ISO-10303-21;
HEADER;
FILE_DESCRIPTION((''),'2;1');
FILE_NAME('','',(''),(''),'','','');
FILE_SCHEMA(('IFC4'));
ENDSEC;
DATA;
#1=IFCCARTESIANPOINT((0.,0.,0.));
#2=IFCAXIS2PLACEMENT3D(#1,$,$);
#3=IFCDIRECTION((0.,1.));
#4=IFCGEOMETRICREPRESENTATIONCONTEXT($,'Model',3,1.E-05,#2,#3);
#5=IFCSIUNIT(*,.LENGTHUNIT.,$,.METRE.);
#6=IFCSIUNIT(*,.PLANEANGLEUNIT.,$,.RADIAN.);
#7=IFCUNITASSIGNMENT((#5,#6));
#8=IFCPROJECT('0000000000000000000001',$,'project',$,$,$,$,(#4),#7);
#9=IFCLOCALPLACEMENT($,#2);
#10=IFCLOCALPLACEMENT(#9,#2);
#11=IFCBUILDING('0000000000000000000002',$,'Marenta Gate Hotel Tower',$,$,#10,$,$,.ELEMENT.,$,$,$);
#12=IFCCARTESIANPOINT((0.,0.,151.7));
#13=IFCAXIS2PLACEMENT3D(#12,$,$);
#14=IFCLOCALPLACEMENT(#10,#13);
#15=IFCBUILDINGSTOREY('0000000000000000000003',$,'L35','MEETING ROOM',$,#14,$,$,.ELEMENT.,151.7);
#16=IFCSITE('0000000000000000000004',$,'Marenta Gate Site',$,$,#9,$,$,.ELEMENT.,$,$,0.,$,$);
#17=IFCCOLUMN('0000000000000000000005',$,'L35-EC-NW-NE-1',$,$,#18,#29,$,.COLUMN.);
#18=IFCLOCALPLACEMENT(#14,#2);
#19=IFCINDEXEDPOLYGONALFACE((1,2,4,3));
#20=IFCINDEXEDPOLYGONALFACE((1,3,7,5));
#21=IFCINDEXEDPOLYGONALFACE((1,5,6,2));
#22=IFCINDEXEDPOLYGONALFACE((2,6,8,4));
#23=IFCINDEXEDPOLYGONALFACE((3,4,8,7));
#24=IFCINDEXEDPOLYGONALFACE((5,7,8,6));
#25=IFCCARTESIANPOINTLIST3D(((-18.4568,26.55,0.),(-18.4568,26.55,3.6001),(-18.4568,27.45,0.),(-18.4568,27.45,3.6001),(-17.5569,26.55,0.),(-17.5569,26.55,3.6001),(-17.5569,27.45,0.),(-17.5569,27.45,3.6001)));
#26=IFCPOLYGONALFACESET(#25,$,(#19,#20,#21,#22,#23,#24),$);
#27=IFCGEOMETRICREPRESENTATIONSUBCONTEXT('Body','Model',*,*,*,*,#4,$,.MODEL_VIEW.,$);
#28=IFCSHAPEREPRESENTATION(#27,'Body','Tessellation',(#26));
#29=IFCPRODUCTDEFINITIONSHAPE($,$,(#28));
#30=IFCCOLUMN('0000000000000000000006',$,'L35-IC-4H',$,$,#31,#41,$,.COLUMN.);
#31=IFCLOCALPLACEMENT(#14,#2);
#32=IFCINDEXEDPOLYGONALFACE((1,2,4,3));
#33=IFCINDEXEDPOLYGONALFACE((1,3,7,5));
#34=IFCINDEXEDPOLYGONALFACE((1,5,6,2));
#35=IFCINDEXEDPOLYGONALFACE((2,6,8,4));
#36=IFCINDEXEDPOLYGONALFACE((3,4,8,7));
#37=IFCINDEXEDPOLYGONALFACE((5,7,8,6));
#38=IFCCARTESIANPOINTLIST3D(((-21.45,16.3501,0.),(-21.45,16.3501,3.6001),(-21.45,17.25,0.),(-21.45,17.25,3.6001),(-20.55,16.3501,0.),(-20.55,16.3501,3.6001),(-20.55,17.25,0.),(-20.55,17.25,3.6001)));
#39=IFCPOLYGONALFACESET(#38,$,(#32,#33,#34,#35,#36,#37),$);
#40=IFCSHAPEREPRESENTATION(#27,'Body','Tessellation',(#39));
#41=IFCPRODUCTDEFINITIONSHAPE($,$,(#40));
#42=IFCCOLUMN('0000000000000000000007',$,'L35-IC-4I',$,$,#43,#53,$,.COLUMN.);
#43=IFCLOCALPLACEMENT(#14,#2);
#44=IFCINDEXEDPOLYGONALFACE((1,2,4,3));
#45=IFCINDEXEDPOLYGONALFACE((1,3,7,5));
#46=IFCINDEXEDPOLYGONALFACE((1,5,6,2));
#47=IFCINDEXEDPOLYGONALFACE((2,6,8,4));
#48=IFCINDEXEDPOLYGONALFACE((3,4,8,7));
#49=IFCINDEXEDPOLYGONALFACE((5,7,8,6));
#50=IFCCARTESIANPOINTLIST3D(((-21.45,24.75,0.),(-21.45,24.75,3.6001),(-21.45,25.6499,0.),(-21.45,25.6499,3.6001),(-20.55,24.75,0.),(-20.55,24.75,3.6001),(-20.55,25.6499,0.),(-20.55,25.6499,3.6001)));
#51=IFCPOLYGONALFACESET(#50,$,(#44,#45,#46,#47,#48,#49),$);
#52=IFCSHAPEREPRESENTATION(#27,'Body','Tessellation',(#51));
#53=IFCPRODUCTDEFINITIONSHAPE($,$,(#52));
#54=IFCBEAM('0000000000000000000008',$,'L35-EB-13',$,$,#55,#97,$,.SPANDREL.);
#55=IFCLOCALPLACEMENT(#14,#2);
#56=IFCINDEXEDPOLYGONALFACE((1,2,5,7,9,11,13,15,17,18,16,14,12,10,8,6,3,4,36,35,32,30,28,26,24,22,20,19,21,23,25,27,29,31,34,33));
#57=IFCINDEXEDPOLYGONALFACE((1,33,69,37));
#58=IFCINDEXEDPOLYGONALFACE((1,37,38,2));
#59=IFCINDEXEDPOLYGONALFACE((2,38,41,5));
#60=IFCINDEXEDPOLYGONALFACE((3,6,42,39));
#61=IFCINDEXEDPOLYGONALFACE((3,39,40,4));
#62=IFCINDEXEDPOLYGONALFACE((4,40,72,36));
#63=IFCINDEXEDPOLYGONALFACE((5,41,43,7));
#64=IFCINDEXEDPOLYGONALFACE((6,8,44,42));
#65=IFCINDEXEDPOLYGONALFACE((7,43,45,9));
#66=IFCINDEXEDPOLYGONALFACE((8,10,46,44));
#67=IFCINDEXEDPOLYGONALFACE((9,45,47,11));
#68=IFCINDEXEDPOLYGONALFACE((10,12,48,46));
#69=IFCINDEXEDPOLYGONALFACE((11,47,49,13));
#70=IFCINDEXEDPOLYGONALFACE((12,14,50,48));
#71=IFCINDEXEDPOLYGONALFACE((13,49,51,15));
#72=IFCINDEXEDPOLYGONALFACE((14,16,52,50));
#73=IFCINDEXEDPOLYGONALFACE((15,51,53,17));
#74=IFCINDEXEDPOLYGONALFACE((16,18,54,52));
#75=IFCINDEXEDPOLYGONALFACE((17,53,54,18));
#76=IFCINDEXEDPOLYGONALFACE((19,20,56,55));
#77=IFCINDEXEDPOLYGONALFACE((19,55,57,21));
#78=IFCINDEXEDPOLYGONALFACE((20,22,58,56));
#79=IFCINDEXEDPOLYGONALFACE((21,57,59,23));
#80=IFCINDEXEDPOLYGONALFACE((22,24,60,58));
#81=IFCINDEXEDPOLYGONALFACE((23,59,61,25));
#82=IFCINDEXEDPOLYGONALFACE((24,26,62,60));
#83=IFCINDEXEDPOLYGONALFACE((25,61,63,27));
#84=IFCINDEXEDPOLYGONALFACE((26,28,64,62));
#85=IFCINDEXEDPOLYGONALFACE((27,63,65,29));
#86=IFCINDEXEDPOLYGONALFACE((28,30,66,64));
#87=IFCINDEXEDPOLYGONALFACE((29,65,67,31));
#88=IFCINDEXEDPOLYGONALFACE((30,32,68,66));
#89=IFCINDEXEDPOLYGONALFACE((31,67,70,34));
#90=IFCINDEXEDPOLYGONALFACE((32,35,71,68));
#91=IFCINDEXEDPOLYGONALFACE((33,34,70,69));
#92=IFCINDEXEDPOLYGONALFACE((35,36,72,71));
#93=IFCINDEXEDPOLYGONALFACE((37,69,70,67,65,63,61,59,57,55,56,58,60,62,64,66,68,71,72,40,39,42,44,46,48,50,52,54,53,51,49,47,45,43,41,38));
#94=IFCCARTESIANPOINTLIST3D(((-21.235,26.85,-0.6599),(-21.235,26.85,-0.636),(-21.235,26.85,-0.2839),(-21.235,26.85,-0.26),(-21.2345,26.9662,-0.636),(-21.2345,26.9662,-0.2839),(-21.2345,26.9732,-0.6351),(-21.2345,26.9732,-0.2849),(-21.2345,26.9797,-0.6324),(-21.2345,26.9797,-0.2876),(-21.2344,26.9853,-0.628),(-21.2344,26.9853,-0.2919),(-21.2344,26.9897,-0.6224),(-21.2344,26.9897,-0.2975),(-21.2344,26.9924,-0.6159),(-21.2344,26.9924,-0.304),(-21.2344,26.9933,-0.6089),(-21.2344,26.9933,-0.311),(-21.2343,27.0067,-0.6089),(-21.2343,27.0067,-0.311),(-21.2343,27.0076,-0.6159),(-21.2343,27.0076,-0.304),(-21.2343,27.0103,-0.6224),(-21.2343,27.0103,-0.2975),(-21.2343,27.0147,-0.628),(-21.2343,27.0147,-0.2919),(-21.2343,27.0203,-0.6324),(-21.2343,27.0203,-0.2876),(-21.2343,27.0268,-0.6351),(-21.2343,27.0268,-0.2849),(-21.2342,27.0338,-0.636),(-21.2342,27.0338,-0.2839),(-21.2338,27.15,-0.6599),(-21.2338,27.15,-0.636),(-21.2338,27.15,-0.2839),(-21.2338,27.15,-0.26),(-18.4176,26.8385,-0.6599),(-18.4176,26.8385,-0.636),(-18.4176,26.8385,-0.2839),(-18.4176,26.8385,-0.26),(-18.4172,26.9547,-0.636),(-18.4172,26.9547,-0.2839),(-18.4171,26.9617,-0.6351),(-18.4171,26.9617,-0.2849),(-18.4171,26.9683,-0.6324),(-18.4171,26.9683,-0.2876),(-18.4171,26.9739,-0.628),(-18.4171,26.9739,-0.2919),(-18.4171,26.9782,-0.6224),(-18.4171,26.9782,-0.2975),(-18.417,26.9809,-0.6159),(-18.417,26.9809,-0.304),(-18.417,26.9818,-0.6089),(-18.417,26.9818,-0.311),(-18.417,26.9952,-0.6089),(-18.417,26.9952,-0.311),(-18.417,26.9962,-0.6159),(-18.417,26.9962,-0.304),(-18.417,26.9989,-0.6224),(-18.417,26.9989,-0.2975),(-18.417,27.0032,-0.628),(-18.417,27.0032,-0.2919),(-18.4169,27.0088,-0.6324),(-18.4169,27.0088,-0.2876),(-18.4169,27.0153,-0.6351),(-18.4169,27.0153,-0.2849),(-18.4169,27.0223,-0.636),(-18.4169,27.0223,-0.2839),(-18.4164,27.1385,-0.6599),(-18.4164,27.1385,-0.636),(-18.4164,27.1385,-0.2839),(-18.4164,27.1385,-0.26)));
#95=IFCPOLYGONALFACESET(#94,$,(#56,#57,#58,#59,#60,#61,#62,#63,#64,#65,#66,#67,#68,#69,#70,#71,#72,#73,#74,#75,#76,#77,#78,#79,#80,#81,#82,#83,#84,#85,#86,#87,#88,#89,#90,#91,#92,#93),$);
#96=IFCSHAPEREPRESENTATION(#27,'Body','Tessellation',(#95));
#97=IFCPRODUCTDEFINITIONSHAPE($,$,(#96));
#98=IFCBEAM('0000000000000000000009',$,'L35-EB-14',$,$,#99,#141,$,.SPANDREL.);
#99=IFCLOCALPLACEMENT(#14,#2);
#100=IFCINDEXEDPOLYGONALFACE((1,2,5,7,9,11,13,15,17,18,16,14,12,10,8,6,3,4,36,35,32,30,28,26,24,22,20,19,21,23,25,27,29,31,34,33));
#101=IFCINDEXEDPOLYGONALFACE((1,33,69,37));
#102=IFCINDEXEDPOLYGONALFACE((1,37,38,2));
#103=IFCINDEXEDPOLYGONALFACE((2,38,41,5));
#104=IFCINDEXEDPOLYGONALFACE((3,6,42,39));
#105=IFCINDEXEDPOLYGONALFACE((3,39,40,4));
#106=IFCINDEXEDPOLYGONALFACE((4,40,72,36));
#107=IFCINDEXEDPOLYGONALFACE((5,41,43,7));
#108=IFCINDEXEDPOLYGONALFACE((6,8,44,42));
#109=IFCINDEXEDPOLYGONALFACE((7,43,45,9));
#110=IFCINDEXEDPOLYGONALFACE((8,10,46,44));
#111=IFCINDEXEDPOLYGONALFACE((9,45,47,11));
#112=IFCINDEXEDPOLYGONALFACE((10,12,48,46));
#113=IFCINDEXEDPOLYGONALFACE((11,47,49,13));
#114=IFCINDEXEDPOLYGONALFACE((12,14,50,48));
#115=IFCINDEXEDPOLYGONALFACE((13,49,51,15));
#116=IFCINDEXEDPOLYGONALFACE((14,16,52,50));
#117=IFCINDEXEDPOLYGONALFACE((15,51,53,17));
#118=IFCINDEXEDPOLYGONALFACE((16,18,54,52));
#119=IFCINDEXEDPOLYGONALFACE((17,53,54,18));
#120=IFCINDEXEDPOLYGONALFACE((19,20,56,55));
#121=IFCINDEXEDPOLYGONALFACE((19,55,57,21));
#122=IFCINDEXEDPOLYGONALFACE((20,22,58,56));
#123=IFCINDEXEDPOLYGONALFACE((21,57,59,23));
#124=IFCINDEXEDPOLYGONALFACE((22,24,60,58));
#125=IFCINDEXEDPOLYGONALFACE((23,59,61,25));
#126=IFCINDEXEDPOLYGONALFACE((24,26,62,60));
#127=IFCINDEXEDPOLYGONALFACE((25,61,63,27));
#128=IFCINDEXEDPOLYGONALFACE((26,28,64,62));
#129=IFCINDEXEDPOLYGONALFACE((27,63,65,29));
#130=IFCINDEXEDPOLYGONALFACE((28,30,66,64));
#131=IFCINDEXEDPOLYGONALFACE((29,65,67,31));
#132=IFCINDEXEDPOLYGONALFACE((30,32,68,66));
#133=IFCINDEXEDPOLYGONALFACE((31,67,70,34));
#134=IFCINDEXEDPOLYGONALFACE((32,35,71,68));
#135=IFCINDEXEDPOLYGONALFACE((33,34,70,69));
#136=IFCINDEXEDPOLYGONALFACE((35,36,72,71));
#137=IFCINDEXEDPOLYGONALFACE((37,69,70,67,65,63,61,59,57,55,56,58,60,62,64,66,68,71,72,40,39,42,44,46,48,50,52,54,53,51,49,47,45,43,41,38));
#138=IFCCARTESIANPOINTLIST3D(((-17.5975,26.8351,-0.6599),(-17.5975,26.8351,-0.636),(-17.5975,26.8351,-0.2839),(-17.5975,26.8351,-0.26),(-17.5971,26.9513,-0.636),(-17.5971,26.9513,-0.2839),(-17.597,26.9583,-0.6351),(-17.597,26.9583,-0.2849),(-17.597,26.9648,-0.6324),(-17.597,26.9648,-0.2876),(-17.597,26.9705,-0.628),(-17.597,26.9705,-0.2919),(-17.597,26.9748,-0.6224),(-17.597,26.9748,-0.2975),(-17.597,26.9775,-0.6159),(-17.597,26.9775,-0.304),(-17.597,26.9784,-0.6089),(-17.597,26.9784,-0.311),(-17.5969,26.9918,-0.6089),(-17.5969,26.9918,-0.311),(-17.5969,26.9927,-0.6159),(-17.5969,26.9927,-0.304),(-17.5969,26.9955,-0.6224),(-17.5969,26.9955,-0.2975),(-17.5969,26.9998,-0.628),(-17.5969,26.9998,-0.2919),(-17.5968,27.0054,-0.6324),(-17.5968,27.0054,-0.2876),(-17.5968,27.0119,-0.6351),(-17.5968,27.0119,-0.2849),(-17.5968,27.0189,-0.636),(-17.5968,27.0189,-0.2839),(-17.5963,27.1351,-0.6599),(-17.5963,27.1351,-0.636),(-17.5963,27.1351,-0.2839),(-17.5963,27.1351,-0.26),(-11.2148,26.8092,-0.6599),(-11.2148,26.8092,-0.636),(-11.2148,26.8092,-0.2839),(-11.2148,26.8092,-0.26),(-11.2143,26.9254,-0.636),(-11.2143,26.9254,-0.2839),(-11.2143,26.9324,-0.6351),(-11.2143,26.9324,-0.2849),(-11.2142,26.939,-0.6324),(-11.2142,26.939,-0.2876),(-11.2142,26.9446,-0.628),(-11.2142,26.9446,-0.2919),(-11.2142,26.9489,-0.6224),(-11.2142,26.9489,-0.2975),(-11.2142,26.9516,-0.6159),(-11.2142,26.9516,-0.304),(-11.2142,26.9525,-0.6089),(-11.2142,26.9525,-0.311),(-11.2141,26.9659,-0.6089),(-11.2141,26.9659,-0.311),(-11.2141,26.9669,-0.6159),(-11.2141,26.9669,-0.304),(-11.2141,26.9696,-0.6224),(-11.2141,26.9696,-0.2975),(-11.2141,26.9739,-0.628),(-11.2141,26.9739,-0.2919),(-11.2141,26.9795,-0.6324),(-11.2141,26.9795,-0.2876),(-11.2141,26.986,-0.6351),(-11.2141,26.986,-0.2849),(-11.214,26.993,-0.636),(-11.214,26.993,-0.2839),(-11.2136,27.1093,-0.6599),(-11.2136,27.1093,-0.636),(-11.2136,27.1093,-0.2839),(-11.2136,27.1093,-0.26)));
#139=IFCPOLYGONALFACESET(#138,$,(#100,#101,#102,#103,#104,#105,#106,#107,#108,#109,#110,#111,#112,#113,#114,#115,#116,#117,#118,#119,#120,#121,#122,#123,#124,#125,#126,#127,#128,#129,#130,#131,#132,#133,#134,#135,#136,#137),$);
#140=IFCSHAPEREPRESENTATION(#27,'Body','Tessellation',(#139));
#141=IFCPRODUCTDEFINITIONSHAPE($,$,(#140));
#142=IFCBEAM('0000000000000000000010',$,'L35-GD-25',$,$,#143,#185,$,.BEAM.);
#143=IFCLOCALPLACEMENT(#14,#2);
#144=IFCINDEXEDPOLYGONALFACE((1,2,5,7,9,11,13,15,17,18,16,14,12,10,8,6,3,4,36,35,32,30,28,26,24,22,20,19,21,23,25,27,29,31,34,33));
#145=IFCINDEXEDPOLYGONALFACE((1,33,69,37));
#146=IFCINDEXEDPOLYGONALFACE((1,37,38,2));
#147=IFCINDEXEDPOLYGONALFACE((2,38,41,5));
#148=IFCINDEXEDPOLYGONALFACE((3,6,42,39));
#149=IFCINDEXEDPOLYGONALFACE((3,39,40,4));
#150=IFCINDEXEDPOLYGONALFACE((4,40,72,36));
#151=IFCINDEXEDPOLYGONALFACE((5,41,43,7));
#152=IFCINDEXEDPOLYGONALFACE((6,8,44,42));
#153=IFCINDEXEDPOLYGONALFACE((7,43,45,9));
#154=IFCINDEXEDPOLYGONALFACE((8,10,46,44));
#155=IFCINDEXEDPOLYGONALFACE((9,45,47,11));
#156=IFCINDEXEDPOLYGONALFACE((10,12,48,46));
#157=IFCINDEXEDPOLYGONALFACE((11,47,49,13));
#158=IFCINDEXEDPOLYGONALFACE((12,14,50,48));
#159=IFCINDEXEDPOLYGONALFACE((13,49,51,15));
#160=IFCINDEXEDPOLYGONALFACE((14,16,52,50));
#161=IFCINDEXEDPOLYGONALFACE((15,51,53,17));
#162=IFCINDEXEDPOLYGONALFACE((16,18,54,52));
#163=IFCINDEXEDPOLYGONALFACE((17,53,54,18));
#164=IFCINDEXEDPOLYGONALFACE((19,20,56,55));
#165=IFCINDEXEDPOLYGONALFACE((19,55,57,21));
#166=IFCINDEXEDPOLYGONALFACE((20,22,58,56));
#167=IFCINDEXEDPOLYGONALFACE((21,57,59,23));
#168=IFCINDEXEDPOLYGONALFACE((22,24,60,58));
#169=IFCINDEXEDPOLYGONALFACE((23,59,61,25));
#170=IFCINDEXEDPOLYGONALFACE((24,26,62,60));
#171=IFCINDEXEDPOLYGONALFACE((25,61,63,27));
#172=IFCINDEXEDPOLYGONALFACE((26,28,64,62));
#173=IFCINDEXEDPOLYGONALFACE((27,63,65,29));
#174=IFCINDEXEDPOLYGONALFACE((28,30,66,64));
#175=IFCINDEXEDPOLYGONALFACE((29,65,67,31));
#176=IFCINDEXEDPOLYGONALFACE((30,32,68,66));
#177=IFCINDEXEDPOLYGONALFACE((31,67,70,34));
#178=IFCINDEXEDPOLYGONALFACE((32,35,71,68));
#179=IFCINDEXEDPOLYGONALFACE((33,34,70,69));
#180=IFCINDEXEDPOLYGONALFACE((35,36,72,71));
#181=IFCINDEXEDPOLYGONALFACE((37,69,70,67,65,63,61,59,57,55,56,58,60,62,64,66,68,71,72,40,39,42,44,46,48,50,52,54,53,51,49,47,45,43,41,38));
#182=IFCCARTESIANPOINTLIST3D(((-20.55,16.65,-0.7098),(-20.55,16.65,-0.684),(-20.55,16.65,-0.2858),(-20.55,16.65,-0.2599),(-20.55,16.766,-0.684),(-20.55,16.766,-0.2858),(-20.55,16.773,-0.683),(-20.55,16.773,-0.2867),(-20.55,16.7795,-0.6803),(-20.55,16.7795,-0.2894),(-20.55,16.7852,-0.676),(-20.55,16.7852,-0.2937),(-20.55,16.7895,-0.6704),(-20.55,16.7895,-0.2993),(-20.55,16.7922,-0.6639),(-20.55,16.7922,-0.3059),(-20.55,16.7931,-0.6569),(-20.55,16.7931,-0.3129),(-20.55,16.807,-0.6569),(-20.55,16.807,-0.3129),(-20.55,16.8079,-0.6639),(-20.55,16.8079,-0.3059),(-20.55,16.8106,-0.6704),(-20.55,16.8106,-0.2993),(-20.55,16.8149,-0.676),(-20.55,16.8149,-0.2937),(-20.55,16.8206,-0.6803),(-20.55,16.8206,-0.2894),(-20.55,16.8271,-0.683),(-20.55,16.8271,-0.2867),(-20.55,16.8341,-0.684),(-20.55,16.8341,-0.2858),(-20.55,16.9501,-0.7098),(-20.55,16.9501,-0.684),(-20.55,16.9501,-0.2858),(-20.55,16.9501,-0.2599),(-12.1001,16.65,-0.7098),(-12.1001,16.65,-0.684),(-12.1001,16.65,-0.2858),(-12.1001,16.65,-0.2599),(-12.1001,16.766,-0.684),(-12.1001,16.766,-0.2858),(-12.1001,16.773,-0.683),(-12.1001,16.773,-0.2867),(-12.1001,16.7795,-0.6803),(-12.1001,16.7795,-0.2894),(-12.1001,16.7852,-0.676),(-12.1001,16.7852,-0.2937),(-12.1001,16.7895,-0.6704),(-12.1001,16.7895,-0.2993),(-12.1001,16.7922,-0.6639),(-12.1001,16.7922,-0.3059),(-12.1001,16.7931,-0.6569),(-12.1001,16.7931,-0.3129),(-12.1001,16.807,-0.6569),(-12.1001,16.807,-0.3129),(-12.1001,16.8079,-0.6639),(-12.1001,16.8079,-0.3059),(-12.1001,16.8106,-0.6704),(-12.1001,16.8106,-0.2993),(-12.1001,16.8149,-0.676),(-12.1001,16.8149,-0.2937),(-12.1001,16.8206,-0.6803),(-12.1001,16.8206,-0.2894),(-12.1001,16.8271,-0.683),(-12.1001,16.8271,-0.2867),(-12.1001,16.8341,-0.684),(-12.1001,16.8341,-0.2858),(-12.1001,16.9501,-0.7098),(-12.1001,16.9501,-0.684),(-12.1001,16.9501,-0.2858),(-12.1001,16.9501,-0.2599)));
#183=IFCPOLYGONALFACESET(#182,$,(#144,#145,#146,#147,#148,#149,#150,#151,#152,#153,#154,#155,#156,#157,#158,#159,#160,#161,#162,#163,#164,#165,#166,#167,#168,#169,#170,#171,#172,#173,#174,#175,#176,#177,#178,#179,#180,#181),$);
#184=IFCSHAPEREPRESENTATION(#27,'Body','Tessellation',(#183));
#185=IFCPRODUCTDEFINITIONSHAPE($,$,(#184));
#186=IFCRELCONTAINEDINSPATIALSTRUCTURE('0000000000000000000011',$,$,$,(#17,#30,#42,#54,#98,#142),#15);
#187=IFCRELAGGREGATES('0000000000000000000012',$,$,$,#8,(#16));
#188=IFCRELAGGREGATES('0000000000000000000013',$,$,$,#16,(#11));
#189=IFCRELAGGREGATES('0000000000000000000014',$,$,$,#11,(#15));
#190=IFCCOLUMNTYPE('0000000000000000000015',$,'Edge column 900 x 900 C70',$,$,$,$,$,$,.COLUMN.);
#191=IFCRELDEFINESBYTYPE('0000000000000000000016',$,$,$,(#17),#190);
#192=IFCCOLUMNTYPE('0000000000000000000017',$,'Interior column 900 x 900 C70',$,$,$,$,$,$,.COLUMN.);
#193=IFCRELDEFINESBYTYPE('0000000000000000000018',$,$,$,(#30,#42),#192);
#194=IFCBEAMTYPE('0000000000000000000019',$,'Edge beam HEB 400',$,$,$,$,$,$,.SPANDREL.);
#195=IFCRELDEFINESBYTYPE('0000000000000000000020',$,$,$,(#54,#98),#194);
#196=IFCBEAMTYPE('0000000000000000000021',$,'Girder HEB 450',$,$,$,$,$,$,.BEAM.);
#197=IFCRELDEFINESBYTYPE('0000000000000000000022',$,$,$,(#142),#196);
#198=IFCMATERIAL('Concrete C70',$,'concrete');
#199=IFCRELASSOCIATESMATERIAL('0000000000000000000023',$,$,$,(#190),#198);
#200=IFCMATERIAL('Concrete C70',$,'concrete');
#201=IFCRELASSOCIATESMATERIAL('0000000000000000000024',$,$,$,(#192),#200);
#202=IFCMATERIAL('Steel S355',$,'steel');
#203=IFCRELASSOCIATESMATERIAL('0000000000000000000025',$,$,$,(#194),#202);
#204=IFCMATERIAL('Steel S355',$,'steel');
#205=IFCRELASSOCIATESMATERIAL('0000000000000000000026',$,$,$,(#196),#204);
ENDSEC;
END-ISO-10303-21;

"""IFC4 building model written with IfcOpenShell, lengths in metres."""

from ifc_helpers import new_model, si_unit, direction, frame, origin, origin_2d, place, context, subcontext, project, spatial, rectangle, i_section, extrude, material, material_profile, profile_set, type_object, element, save


model = new_model("IFC4")

# Units and contexts
model_context = context("Model", 3, precision=1e-05, world=origin(), true_north=direction((0.0, 1.0)))
body_context = subcontext(model_context, "Body", "Model", "MODEL_VIEW")
ifc_project = project(units=[si_unit("LENGTHUNIT", "METRE"), si_unit("PLANEANGLEUNIT", "RADIAN")], contexts=[model_context])

# Site, building, storey
site_placement = place(None, origin())
site = spatial("IfcSite", under=ifc_project, at=site_placement, Name="Marenta Gate Site", CompositionType="ELEMENT", RefElevation=0.0)
building_placement = place(site_placement, origin())
building = spatial("IfcBuilding", under=site, at=building_placement, Name="Marenta Gate Hotel Tower", CompositionType="ELEMENT")
storey_placement = place(building_placement, frame((0.0, 0.0, 151.7)))
storey = spatial("IfcBuildingStorey", under=building, at=storey_placement, Name="L35", Description="MEETING ROOM", CompositionType="ELEMENT", Elevation=151.7)

# Columns
ifc_material_1 = material(Name="Concrete C70", Category="concrete")
ifc_material_profile_1 = material_profile(ifc_material_1, rectangle(XDim=0.8999, YDim=0.8999, at=origin_2d()), Name="900 x 900")
ifc_profile_set_1 = profile_set([ifc_material_profile_1], Name="Concrete C70")
column_type_1 = type_object("IfcColumnType", Name="Edge column 900 x 900 C70", PredefinedType="COLUMN", material=ifc_profile_set_1)
column_placement = place(storey_placement, frame((-18.0068, 27.0, 0.0), z_axis=(0.0, 0.0, 1.0), x_axis=(1.0, 0.0, 0.0)))
element("IfcColumn", 1, at=column_placement, inside=storey, type_object=column_type_1, Name="L35-EC-NW-NE-1", PredefinedType="COLUMN", context=body_context, shape_type="SweptSolid", body=[
    extrude(rectangle(XDim=0.8999, YDim=0.8999, at=origin_2d()), origin(), (0.0, 0.0, 1.0), 3.6001),
])
ifc_material_2 = material(Name="Concrete C70", Category="concrete")
ifc_material_profile_2 = material_profile(ifc_material_2, rectangle(XDim=0.8999, YDim=0.8999, at=origin_2d()), Name="900 x 900")
ifc_profile_set_2 = profile_set([ifc_material_profile_2], Name="Concrete C70")
column_type_2 = type_object("IfcColumnType", Name="Interior column 900 x 900 C70", PredefinedType="COLUMN", material=ifc_profile_set_2)
for number, where, z_axis, x_axis, name in (
    (2, (-21.0, 16.8, 0.0), (0.0, 0.0, 1.0), (1.0, 0.0, 0.0), "L35-IC-4H"),
    (3, (-21.0, 25.2, 0.0), (0.0, 0.0, 1.0), (1.0, 0.0, 0.0), "L35-IC-4I"),
):
    element("IfcColumn", number, at=place(storey_placement, frame(where, z_axis=z_axis, x_axis=x_axis)), inside=storey, type_object=column_type_2, Name=name, PredefinedType="COLUMN", context=body_context, shape_type="SweptSolid", body=[
        extrude(rectangle(XDim=0.8999, YDim=0.8999, at=origin_2d()), origin(), (0.0, 0.0, 1.0), 3.6001),
    ])

# Beams
ifc_material_3 = material(Name="Steel S355", Category="steel")
ifc_material_profile_3 = material_profile(ifc_material_3, i_section(OverallWidth=0.3, OverallDepth=0.3999, WebThickness=0.0134, FlangeThickness=0.0239, FilletRadius=0.0271, at=origin_2d()), Name="HEB 400")
ifc_profile_set_3 = profile_set([ifc_material_profile_3], Name="Steel S355")
beam_type_1 = type_object("IfcBeamType", Name="Edge beam HEB 400", PredefinedType="SPANDREL", material=ifc_profile_set_3)
beam_1_placement = place(storey_placement, frame((-21.2344, 27.0, -0.46), z_axis=(0.999992, -0.004073, 0.0), x_axis=(0.004073, 0.999992, 0.0)))
element("IfcBeam", 4, at=beam_1_placement, inside=storey, type_object=beam_type_1, Name="L35-EB-13", PredefinedType="SPANDREL", context=body_context, shape_type="SweptSolid", body=[
    extrude(i_section(OverallWidth=0.3, OverallDepth=0.3999, WebThickness=0.0134, FlangeThickness=0.0239, FilletRadius=0.0271, at=origin_2d()), origin(), (0.0, 0.0, 1.0), 2.8174),
])
beam_2_placement = place(storey_placement, frame((-17.5969, 26.9851, -0.46), z_axis=(0.999992, -0.004054, 0.0), x_axis=(0.004054, 0.999992, 0.0)))
element("IfcBeam", 5, at=beam_2_placement, inside=storey, type_object=beam_type_1, Name="L35-EB-14", PredefinedType="SPANDREL", context=body_context, shape_type="SweptSolid", body=[
    extrude(i_section(OverallWidth=0.3, OverallDepth=0.3999, WebThickness=0.0134, FlangeThickness=0.0239, FilletRadius=0.0271, at=origin_2d()), origin(), (0.0, 0.0, 1.0), 6.3828),
])
ifc_material_4 = material(Name="Steel S355", Category="steel")
ifc_material_profile_4 = material_profile(ifc_material_4, i_section(OverallWidth=0.3, OverallDepth=0.45, WebThickness=0.0139, FlangeThickness=0.0259, FilletRadius=0.0271, at=origin_2d()), Name="HEB 450")
ifc_profile_set_4 = profile_set([ifc_material_profile_4], Name="Steel S355")
beam_type_2 = type_object("IfcBeamType", Name="Girder HEB 450", PredefinedType="BEAM", material=ifc_profile_set_4)
beam_3_placement = place(storey_placement, frame((-20.55, 16.8, -0.4849), z_axis=(1.0, 0.0, 0.0), x_axis=(0.0, 1.0, 0.0)))
element("IfcBeam", 6, at=beam_3_placement, inside=storey, type_object=beam_type_2, Name="L35-GD-25", PredefinedType="BEAM", context=body_context, shape_type="SweptSolid", body=[
    extrude(i_section(OverallWidth=0.3, OverallDepth=0.45, WebThickness=0.0139, FlangeThickness=0.0259, FilletRadius=0.0271, at=origin_2d()), origin(), (0.0, 0.0, 1.0), 8.45),
])

save(model, "model.ifc")
